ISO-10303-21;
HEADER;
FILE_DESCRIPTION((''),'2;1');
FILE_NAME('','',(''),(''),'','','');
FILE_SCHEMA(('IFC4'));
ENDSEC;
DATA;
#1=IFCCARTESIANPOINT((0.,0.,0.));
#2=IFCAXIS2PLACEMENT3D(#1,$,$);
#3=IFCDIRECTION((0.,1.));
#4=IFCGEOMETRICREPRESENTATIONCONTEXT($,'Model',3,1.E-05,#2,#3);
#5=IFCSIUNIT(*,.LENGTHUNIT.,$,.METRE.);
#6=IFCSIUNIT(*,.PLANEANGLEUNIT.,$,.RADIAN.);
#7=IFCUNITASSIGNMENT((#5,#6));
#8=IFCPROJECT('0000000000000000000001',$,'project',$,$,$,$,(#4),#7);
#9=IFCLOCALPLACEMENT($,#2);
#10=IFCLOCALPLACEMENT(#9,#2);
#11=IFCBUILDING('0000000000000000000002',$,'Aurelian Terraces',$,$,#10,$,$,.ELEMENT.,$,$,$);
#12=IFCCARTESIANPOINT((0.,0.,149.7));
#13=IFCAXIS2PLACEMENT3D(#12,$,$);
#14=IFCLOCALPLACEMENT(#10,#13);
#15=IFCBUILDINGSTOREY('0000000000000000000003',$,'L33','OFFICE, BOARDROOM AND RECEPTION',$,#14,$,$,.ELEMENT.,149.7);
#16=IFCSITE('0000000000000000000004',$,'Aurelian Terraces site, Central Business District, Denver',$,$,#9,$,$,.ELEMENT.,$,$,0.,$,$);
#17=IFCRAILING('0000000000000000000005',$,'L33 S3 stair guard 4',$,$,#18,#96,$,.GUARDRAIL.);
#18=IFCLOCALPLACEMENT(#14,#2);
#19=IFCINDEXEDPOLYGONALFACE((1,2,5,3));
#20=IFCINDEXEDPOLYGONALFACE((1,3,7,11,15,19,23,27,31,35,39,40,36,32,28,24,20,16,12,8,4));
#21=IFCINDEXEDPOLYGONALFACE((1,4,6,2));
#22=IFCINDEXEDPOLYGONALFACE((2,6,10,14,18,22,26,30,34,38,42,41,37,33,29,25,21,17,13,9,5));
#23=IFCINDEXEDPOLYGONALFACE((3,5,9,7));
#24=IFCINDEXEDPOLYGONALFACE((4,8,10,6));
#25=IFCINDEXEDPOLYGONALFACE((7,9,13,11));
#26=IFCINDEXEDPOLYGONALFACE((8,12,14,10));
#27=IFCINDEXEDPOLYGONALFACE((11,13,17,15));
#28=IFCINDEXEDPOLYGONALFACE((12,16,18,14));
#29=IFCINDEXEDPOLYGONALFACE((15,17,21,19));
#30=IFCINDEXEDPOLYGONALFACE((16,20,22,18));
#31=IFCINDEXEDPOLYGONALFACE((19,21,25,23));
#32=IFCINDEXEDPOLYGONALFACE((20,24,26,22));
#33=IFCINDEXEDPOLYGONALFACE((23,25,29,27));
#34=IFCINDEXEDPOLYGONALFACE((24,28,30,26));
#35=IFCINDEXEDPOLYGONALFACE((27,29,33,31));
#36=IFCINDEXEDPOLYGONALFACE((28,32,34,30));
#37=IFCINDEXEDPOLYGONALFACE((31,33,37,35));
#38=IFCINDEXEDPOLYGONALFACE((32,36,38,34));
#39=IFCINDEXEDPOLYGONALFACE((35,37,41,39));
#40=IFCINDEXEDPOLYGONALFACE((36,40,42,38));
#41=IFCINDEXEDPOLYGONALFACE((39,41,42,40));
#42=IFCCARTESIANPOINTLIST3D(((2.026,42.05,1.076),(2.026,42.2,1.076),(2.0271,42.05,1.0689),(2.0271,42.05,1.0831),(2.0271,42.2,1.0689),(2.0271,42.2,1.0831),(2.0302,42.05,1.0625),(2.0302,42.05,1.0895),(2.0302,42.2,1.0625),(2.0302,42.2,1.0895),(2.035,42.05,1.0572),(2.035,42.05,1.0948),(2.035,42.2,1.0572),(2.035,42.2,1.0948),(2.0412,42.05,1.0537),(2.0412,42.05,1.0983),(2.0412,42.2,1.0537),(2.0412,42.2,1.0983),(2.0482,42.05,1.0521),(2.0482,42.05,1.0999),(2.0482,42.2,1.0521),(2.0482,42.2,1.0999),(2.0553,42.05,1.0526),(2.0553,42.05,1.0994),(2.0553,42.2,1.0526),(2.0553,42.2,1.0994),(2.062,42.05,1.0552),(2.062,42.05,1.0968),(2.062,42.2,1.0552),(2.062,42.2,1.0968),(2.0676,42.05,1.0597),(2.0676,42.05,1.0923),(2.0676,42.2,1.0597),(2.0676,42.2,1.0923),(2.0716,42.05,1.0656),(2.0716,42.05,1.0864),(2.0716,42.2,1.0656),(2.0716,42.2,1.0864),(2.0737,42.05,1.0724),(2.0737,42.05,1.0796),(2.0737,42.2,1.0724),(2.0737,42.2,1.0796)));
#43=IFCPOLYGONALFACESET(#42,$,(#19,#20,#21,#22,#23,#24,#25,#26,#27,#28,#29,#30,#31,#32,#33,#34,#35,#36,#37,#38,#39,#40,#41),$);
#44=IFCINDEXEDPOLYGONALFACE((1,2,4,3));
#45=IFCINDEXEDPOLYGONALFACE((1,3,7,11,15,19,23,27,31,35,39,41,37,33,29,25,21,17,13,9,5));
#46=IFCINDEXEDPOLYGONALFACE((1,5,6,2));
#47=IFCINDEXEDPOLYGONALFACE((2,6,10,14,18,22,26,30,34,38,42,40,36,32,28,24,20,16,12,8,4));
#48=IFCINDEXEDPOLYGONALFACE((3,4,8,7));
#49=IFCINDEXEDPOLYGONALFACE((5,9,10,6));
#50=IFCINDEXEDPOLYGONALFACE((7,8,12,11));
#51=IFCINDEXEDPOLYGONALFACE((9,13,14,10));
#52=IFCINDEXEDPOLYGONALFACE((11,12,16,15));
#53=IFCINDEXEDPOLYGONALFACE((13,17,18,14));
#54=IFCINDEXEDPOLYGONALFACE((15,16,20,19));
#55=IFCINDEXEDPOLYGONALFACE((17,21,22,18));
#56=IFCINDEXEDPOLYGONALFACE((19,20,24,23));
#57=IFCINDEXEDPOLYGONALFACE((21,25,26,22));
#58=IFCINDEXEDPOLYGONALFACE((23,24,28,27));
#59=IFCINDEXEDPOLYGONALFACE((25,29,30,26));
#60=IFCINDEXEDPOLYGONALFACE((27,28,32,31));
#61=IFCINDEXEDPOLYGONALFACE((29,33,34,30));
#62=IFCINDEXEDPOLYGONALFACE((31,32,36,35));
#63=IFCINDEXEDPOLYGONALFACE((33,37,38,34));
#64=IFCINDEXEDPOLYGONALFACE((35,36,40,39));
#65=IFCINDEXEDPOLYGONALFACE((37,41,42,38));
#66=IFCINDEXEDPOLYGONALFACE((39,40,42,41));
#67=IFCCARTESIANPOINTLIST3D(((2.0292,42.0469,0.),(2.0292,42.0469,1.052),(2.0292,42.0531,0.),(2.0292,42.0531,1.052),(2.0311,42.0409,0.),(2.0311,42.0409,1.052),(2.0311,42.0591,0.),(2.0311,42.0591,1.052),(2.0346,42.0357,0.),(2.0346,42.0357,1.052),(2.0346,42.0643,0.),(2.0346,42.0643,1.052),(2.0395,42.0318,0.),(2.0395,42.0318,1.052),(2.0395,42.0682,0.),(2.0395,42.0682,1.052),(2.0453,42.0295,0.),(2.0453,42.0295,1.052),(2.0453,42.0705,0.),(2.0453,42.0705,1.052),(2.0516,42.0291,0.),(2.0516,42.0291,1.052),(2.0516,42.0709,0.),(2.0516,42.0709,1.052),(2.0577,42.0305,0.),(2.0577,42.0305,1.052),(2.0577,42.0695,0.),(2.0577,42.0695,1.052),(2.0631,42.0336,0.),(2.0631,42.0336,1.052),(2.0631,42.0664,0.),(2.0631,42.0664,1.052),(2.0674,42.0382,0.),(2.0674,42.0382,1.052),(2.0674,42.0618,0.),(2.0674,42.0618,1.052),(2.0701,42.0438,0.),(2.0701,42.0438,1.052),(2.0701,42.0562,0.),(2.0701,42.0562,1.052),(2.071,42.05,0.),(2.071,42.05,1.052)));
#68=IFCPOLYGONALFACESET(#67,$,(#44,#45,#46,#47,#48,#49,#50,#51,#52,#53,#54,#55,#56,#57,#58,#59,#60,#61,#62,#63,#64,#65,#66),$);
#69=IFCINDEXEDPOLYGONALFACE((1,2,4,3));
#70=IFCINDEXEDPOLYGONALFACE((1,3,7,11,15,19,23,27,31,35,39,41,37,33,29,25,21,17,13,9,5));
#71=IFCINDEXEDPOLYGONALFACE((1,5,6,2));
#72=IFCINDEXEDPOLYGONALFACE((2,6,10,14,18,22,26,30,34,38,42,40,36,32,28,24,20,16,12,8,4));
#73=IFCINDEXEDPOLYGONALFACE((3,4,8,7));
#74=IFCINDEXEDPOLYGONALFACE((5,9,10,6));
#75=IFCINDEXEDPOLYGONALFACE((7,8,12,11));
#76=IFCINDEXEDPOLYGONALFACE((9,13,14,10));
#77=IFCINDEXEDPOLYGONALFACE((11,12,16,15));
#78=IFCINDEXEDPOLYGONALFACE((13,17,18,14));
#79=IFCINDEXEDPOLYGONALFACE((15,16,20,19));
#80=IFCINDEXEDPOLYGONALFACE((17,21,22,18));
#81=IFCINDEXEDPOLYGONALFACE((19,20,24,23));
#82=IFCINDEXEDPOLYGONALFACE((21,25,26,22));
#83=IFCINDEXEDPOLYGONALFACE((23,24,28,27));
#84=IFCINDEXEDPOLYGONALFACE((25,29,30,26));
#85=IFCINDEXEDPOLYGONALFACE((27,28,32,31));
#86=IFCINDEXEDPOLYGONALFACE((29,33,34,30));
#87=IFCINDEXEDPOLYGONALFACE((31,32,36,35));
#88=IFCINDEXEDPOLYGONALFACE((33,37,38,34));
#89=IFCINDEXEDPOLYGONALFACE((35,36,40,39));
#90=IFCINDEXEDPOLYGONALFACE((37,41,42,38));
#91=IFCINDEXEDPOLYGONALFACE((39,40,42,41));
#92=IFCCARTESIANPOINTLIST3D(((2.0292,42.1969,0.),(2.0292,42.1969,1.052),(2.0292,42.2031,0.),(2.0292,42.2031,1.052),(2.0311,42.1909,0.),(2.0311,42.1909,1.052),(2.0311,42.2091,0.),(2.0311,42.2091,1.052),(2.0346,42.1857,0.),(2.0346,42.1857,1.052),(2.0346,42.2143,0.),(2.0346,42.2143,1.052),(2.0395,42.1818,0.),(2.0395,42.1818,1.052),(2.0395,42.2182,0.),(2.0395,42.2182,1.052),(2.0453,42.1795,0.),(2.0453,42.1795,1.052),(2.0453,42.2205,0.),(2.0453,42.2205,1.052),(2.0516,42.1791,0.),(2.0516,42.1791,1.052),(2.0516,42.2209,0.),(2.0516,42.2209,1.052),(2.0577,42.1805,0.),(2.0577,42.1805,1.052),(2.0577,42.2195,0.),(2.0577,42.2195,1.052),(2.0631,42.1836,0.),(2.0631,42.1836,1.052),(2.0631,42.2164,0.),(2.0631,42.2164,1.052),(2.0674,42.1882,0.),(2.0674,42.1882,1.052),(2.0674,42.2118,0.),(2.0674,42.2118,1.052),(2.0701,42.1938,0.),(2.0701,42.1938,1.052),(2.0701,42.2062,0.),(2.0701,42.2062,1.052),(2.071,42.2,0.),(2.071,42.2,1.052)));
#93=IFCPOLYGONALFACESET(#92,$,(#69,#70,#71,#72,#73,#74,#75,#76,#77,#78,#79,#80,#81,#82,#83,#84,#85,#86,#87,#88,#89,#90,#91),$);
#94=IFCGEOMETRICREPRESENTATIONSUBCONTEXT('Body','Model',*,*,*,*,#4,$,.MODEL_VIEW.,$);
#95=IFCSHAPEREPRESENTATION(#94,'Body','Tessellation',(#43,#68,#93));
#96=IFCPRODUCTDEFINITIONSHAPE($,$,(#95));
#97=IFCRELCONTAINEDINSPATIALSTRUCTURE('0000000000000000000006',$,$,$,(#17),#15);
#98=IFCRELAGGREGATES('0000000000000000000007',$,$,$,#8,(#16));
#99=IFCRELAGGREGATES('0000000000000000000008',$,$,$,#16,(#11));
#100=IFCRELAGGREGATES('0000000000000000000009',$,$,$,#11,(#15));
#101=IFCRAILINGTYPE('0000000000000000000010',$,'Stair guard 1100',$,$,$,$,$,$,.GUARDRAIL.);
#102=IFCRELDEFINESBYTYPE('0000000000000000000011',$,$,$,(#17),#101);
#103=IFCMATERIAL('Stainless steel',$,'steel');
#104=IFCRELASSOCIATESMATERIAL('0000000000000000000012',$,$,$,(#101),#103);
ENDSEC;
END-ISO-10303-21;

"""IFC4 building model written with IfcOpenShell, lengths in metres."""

from ifc_helpers import new_model, si_unit, direction, frame, origin, origin_2d, place, context, subcontext, project, spatial, circle, extrude, source, transform, mapped, material, type_object, element, save


model = new_model("IFC4")

# Units and contexts
model_context = context("Model", 3, precision=1e-05, world=origin(), true_north=direction((0.0, 1.0)))
body_context = subcontext(model_context, "Body", "Model", "MODEL_VIEW")
ifc_project = project(units=[si_unit("LENGTHUNIT", "METRE"), si_unit("PLANEANGLEUNIT", "RADIAN")], contexts=[model_context])

# Site, building, storey
site_placement = place(None, origin())
site = spatial("IfcSite", under=ifc_project, at=site_placement, Name="Aurelian Terraces site, Central Business District, Denver", CompositionType="ELEMENT", RefElevation=0.0)
building_placement = place(site_placement, origin())
building = spatial("IfcBuilding", under=site, at=building_placement, Name="Aurelian Terraces", CompositionType="ELEMENT")
storey_placement = place(building_placement, frame((0.0, 0.0, 149.7)))
storey = spatial("IfcBuildingStorey", under=building, at=storey_placement, Name="L33", Description="OFFICE, BOARDROOM AND RECEPTION", CompositionType="ELEMENT", Elevation=149.7)

# Railing
ifc_material_1 = material(Name="Stainless steel", Category="steel")
railing_type_1 = type_object("IfcRailingType", Name="Stair guard 1100", PredefinedType="GUARDRAIL", material=ifc_material_1)
shared_shape_1 = source(origin(), body_context, "Body", "SweptSolid", [
    extrude(circle(Radius=0.024, at=origin_2d()), frame((0.0, 0.0, 1.076), z_axis=(0.0, 1.0, 0.0), x_axis=(-1.0, 0.0, 0.0)), (0.0, 0.0, 1.0), 0.15),
    extrude(circle(Radius=0.021, at=origin_2d()), origin(), (0.0, 0.0, 1.0), 1.052),
    extrude(circle(Radius=0.021, at=origin_2d()), frame((0.0, 0.15, 0.0)), (0.0, 0.0, 1.0), 1.052),
])
for number, where, name in (
    (1, (2.05, 42.05, 0.0), "L33 S3 stair guard 4"),
):
    element("IfcRailing", number, at=place(storey_placement, frame(where)), inside=storey, type_object=railing_type_1, Name=name, PredefinedType="GUARDRAIL", context=body_context, shape_type="MappedRepresentation", body=[
        mapped(shared_shape_1, transform((0.0, 0.0, 0.0), scale=1.0)),
    ])

save(model, "model.ifc")
